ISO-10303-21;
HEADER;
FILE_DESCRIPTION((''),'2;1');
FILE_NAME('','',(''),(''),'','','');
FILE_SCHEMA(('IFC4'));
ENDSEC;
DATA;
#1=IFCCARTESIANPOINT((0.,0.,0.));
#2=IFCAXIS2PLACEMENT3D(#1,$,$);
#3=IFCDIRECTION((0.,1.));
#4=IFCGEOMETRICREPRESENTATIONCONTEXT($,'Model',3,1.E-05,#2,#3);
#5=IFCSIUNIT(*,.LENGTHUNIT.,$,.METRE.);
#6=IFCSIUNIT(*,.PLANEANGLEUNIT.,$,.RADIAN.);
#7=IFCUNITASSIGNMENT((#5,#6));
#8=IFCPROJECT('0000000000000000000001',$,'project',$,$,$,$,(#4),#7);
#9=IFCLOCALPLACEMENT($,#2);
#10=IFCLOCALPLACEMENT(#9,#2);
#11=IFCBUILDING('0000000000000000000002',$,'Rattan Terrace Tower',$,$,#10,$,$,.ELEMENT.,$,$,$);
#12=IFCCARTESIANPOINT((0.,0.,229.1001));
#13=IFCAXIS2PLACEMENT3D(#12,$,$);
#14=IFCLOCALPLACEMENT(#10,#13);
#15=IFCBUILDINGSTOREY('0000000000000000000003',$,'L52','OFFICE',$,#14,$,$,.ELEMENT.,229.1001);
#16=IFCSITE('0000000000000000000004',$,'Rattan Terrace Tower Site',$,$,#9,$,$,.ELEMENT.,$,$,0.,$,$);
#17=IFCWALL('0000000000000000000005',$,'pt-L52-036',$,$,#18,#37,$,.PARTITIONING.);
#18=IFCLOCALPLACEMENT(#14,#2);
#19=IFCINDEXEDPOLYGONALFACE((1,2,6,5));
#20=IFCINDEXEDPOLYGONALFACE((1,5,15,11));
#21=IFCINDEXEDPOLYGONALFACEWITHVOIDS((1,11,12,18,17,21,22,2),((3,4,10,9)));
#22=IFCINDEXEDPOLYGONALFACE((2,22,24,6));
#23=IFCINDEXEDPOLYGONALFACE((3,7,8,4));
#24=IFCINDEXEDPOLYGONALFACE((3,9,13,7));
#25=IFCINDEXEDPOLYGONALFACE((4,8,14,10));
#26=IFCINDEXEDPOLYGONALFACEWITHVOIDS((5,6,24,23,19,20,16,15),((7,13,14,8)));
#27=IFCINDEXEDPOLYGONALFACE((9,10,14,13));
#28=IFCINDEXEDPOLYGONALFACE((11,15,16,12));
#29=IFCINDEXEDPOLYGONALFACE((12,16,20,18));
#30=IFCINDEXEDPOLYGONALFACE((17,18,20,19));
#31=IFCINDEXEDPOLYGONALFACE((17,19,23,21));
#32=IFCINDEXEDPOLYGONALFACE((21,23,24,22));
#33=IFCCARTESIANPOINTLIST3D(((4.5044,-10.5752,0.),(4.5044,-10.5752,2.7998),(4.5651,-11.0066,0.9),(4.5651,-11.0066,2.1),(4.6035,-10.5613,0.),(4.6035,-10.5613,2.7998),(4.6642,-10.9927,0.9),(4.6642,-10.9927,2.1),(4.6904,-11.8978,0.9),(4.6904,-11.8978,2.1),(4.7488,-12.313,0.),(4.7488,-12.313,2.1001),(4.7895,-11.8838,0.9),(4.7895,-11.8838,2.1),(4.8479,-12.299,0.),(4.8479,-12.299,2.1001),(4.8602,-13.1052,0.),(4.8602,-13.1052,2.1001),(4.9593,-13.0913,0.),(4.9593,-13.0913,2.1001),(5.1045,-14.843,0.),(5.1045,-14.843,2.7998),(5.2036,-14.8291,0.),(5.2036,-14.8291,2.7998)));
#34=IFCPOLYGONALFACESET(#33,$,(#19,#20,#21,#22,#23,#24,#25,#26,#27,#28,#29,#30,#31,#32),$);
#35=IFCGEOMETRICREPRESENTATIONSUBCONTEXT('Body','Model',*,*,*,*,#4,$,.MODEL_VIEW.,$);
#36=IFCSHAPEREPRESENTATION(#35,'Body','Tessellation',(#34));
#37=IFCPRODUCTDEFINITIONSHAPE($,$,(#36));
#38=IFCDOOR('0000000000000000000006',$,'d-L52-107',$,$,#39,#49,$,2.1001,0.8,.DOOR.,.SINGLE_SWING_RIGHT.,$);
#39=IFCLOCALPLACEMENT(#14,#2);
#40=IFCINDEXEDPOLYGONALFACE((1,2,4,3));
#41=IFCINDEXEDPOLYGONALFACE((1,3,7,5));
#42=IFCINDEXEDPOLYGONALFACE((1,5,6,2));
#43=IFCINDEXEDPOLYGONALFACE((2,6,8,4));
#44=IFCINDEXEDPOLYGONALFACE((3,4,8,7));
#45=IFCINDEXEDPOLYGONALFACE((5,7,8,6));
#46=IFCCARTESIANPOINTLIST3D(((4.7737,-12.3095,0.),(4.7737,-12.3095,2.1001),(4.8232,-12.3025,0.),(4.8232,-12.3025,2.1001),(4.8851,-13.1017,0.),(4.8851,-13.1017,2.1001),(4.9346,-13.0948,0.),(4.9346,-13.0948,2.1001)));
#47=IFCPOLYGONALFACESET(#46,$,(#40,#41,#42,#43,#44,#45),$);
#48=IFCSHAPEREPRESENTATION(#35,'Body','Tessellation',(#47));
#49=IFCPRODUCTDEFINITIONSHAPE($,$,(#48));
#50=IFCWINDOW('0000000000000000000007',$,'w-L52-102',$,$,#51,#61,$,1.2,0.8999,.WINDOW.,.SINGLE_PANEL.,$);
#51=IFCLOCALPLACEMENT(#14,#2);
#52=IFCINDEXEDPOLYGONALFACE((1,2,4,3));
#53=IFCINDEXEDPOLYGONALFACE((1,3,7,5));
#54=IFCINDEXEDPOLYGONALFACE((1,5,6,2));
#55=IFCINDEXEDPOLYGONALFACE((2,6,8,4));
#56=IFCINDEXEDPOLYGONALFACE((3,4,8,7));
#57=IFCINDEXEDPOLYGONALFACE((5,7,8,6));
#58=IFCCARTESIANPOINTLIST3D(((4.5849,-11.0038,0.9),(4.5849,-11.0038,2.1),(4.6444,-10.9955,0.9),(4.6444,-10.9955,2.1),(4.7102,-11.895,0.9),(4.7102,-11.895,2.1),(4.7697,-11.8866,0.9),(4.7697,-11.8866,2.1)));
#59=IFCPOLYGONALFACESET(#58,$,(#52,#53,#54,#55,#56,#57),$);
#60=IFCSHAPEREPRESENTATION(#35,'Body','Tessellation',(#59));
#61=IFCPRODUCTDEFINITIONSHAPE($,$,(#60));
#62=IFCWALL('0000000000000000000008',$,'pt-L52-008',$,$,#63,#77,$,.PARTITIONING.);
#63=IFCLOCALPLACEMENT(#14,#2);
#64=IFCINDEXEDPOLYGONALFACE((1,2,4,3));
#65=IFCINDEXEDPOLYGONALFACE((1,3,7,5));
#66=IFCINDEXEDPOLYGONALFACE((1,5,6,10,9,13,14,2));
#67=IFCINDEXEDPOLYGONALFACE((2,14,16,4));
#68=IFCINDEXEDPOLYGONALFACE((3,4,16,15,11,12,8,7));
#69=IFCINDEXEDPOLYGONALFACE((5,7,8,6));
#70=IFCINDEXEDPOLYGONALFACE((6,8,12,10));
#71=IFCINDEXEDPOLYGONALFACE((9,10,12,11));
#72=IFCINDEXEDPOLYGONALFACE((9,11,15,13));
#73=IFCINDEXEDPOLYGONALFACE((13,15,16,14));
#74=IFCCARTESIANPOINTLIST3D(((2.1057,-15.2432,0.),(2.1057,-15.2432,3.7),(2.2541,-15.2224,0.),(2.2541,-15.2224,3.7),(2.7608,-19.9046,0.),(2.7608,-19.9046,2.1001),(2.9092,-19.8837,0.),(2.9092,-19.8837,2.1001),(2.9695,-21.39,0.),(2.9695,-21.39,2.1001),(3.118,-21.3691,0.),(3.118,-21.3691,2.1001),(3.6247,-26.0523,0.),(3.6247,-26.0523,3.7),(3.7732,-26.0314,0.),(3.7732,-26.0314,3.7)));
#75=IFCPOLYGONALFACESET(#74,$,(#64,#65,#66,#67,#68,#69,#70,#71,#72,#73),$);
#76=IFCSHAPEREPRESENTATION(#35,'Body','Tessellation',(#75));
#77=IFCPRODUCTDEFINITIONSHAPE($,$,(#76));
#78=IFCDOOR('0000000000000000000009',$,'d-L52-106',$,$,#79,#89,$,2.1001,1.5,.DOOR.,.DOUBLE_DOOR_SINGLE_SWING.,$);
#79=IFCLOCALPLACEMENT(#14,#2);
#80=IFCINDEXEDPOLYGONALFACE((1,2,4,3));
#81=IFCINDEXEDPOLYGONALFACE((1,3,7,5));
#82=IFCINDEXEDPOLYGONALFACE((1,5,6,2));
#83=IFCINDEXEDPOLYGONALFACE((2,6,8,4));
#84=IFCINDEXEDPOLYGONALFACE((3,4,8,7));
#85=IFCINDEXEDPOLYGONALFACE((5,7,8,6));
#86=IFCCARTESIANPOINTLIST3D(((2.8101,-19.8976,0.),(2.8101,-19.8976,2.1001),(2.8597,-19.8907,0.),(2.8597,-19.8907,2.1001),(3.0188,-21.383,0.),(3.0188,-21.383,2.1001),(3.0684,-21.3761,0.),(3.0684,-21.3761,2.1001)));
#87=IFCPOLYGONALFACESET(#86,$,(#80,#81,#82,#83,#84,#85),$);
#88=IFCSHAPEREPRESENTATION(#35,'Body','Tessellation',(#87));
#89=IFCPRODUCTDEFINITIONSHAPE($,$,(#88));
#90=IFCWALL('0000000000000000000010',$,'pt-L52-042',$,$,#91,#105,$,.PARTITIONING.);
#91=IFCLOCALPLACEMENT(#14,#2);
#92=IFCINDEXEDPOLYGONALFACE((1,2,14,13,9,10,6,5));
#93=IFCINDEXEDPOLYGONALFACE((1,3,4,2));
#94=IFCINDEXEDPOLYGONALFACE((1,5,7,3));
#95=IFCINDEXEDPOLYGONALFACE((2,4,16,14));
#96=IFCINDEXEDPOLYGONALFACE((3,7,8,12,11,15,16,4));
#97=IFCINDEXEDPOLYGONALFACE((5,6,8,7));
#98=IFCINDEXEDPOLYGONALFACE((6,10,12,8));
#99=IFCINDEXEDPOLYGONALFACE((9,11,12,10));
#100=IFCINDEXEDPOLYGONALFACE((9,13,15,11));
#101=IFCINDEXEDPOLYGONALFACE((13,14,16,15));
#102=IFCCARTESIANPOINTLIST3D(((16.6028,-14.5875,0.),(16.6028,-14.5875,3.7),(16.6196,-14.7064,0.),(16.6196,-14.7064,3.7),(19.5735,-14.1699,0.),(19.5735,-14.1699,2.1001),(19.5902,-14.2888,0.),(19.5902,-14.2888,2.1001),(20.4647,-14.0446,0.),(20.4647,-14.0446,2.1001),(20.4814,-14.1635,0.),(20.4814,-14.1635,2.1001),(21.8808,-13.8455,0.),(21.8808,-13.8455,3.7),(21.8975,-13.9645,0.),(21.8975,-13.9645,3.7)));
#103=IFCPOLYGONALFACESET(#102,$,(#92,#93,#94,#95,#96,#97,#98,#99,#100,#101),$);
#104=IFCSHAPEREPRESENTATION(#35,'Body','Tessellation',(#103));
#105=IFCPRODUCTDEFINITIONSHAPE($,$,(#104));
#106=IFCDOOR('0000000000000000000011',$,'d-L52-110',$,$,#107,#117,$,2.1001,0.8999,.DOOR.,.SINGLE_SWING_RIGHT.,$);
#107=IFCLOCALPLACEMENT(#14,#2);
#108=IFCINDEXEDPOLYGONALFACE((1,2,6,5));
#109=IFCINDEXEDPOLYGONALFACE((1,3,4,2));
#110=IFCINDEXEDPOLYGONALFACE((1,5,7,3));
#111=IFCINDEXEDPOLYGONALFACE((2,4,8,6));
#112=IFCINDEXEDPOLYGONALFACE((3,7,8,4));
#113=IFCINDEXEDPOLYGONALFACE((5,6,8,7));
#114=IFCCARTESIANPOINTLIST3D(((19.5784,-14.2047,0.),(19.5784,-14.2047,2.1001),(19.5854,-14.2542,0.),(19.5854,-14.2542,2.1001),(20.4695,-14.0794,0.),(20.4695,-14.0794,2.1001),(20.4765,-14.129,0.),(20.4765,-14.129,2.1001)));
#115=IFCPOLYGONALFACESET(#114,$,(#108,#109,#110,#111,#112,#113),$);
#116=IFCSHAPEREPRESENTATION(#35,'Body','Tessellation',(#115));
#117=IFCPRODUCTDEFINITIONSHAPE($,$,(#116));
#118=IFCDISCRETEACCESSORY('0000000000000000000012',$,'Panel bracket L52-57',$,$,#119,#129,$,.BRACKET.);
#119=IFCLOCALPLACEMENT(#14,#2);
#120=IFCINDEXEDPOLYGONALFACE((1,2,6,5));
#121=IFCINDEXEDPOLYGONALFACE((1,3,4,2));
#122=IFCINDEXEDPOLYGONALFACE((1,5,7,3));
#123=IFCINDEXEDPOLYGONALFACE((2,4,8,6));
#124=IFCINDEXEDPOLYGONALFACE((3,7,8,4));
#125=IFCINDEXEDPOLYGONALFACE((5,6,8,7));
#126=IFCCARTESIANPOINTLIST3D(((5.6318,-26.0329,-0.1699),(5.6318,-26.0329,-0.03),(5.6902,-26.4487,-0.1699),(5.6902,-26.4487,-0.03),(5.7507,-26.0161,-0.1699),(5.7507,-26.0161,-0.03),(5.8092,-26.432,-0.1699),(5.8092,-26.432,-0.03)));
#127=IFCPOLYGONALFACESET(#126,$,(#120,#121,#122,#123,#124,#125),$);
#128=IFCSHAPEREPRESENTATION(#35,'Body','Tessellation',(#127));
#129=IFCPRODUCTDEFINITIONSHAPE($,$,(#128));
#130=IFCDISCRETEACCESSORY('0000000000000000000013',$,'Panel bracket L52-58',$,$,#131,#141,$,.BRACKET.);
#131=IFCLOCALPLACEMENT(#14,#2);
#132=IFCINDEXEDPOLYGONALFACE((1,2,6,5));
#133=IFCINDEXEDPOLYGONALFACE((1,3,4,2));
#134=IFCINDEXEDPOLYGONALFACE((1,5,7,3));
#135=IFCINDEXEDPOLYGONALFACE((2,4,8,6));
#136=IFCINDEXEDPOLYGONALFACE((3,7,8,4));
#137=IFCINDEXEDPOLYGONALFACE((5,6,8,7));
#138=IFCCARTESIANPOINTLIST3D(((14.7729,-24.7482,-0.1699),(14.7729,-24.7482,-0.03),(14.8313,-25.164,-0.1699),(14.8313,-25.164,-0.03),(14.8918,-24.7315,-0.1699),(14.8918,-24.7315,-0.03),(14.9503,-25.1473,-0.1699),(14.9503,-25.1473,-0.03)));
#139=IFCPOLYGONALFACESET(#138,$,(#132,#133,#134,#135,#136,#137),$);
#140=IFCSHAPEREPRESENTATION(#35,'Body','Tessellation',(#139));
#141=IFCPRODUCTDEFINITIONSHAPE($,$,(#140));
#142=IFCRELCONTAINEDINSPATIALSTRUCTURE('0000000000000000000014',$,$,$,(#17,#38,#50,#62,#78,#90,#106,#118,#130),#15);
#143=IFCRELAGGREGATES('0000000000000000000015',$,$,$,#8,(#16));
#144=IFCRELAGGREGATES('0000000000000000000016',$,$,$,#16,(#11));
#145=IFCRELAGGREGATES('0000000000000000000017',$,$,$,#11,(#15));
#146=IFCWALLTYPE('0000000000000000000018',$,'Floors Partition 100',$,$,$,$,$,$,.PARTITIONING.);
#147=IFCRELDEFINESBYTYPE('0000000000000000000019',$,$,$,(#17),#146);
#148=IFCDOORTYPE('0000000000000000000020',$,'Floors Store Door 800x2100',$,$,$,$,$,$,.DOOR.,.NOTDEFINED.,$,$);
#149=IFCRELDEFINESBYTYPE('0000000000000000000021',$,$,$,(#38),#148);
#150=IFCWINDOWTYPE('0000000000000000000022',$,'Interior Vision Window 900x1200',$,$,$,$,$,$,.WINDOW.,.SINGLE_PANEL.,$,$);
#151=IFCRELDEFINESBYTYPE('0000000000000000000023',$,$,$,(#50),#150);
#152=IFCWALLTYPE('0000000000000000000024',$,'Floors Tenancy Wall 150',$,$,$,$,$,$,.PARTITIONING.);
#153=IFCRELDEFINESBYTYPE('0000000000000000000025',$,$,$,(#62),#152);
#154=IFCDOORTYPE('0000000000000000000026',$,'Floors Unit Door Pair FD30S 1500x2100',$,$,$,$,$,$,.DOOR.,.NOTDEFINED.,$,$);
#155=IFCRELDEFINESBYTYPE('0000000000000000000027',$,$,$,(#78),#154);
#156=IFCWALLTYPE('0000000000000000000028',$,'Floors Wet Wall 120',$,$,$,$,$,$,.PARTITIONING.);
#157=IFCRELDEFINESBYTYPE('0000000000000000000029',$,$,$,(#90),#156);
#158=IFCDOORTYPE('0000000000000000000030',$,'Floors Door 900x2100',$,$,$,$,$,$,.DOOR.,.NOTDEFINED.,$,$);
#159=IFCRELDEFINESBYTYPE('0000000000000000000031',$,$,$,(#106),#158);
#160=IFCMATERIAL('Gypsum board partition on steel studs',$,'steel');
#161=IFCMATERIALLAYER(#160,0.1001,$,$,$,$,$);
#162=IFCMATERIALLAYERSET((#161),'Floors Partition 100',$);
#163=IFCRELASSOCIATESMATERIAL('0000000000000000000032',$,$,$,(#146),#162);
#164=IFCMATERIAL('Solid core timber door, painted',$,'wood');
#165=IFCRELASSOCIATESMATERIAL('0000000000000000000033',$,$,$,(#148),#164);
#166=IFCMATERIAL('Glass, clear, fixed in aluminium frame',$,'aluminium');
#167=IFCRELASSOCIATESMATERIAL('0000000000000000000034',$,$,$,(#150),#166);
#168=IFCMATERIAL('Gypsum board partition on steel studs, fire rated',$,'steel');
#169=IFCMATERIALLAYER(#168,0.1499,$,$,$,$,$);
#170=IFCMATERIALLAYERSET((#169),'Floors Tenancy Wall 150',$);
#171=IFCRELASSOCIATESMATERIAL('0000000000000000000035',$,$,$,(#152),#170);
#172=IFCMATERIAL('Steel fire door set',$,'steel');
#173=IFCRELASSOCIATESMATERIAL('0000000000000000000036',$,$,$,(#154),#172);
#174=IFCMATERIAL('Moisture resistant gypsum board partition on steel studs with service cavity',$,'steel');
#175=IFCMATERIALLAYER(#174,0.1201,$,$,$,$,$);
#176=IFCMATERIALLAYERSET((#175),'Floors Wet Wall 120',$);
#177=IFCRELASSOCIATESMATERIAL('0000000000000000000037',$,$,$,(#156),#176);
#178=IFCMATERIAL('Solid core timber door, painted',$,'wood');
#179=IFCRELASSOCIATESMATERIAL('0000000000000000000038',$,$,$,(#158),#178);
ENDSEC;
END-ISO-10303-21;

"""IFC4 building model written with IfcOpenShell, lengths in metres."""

from ifc_helpers import new_model, si_unit, direction, frame, frame_2d, origin, origin_2d, place, context, subcontext, project, spatial, rectangle, extrude, material, layer, layer_set, type_object, element, fill, save


model = new_model("IFC4")

# Units and contexts
model_context = context("Model", 3, precision=1e-05, world=origin(), true_north=direction((0.0, 1.0)))
body_context = subcontext(model_context, "Body", "Model", "MODEL_VIEW")
ifc_project = project(units=[si_unit("LENGTHUNIT", "METRE"), si_unit("PLANEANGLEUNIT", "RADIAN")], contexts=[model_context])

# Site, building, storey
site_placement = place(None, origin())
site = spatial("IfcSite", under=ifc_project, at=site_placement, Name="Rattan Terrace Tower Site", CompositionType="ELEMENT", RefElevation=0.0)
building_placement = place(site_placement, origin())
building = spatial("IfcBuilding", under=site, at=building_placement, Name="Rattan Terrace Tower", CompositionType="ELEMENT")
storey_placement = place(building_placement, frame((0.0, 0.0, 229.1001)))
storey = spatial("IfcBuildingStorey", under=building, at=storey_placement, Name="L52", Description="OFFICE", CompositionType="ELEMENT", Elevation=229.1001)

# Shared definitions
ifc_material_1 = material(Name="Gypsum board partition on steel studs", Category="steel")
ifc_layer_1 = layer(ifc_material_1, 0.1001)
ifc_layer_set_1 = layer_set([ifc_layer_1], Name="Floors Partition 100")
wall_type_1 = type_object("IfcWallType", Name="Floors Partition 100", PredefinedType="PARTITIONING", material=ifc_layer_set_1)

# Wall, openings, door, window
wall_1_placement = place(storey_placement, frame((5.1541, -14.8359, 0.0), z_axis=(0.0, 0.0, 1.0), x_axis=(-0.13924, 0.990259, 0.0)))
wall_1 = element("IfcWall", 1, at=wall_1_placement, inside=storey, type_object=wall_type_1, Name="pt-L52-036", PredefinedType="PARTITIONING", context=body_context, shape_type="SweptSolid", body=[
    extrude(rectangle(XDim=4.3098, YDim=0.1001, at=frame_2d((2.1548, 0.0))), origin(), (0.0, 0.0, 1.0), 2.7998),
])
opening_1_placement = place(wall_1_placement, frame((1.7549, 0.0, 0.0)))
opening_1 = element("IfcOpeningElement", 2, at=opening_1_placement, cuts=wall_1, PredefinedType="OPENING", context=body_context, shape_type="SweptSolid", body=[
    extrude(rectangle(XDim=0.8, YDim=2.1001, at=frame_2d((0.3999, 1.05))), frame((0.0, 0.0605, 0.0), z_axis=(0.0, -1.0, 0.0), x_axis=(1.0, 0.0, 0.0)), (0.0, 0.0, 1.0), 0.1211),
])
opening_2_placement = place(wall_1_placement, frame((2.9741, 0.0, 0.8999)))
opening_2 = element("IfcOpeningElement", 3, at=opening_2_placement, cuts=wall_1, PredefinedType="OPENING", context=body_context, shape_type="SweptSolid", body=[
    extrude(rectangle(XDim=0.8999, YDim=1.2, at=frame_2d((0.45, 0.6001))), frame((0.0, 0.0605, 0.0), z_axis=(0.0, -1.0, 0.0), x_axis=(1.0, 0.0, 0.0)), (0.0, 0.0, 1.0), 0.1211),
])
ifc_material_2 = material(Name="Solid core timber door, painted", Category="wood")
door_type_1 = type_object("IfcDoorType", Name="Floors Store Door 800x2100", OperationType="NOTDEFINED", PredefinedType="DOOR", material=ifc_material_2)
door_1_placement = place(opening_1_placement, origin())
door_1 = element("IfcDoor", 4, at=door_1_placement, inside=storey, type_object=door_type_1, Name="d-L52-107", OperationType="SINGLE_SWING_RIGHT", OverallHeight=2.1001, OverallWidth=0.8, PredefinedType="DOOR", context=body_context, shape_type="SweptSolid", body=[
    extrude(rectangle(XDim=0.8, YDim=2.1001, at=frame_2d((0.3999, 1.05))), frame((0.0, 0.0249, 0.0), z_axis=(0.0, -1.0, 0.0), x_axis=(1.0, 0.0, 0.0)), (0.0, 0.0, 1.0), 0.05),
])
fill(opening_1, door_1)
ifc_material_3 = material(Name="Glass, clear, fixed in aluminium frame", Category="aluminium")
window_type_1 = type_object("IfcWindowType", Name="Interior Vision Window 900x1200", PartitioningType="SINGLE_PANEL", PredefinedType="WINDOW", material=ifc_material_3)
window_1_placement = place(opening_2_placement, origin())
window_1 = element("IfcWindow", 5, at=window_1_placement, inside=storey, type_object=window_type_1, Name="w-L52-102", OverallHeight=1.2, OverallWidth=0.8999, PartitioningType="SINGLE_PANEL", PredefinedType="WINDOW", context=body_context, shape_type="SweptSolid", body=[
    extrude(rectangle(XDim=0.8999, YDim=1.2, at=frame_2d((0.45, 0.6001))), frame((0.0, 0.03, 0.0), z_axis=(0.0, -1.0, 0.0), x_axis=(1.0, 0.0, 0.0)), (0.0, 0.0, 1.0), 0.0601),
])
fill(opening_2, window_1)

# Walls, openings, doors
ifc_material_4 = material(Name="Gypsum board partition on steel studs, fire rated", Category="steel")
ifc_layer_2 = layer(ifc_material_4, 0.1499)
ifc_layer_set_2 = layer_set([ifc_layer_2], Name="Floors Tenancy Wall 150")
wall_type_2 = type_object("IfcWallType", Name="Floors Tenancy Wall 150", PredefinedType="PARTITIONING", material=ifc_layer_set_2)
wall_2_placement = place(storey_placement, frame((2.1799, -15.2329, 0.0), z_axis=(0.0, 0.0, 1.0), x_axis=(0.139166, -0.990269, 0.0)))
wall_2 = element("IfcWall", 6, at=wall_2_placement, inside=storey, type_object=wall_type_2, Name="pt-L52-008", PredefinedType="PARTITIONING", context=body_context, shape_type="SweptSolid", body=[
    extrude(rectangle(XDim=10.9153, YDim=0.1499, at=frame_2d((5.4575, 0.0))), origin(), (0.0, 0.0, 1.0), 3.7),
])
opening_3_placement = place(wall_2_placement, frame((4.707, 0.0, 0.0)))
opening_3 = element("IfcOpeningElement", 7, at=opening_3_placement, cuts=wall_2, PredefinedType="OPENING", context=body_context, shape_type="SweptSolid", body=[
    extrude(rectangle(XDim=1.5, YDim=2.1001, at=frame_2d((0.75, 1.05))), frame((0.0, 0.0854, 0.0), z_axis=(0.0, -1.0, 0.0), x_axis=(1.0, 0.0, 0.0)), (0.0, 0.0, 1.0), 0.1709),
])
ifc_material_5 = material(Name="Steel fire door set", Category="steel")
door_type_2 = type_object("IfcDoorType", Name="Floors Unit Door Pair FD30S 1500x2100", OperationType="NOTDEFINED", PredefinedType="DOOR", material=ifc_material_5)
door_2_placement = place(opening_3_placement, origin())
door_2 = element("IfcDoor", 8, at=door_2_placement, inside=storey, type_object=door_type_2, Name="d-L52-106", OperationType="DOUBLE_DOOR_SINGLE_SWING", OverallHeight=2.1001, OverallWidth=1.5, PredefinedType="DOOR", context=body_context, shape_type="SweptSolid", body=[
    extrude(rectangle(XDim=1.5, YDim=2.1001, at=frame_2d((0.75, 1.05))), frame((0.0, 0.0249, 0.0), z_axis=(0.0, -1.0, 0.0), x_axis=(1.0, 0.0, 0.0)), (0.0, 0.0, 1.0), 0.05),
])
fill(opening_3, door_2)
ifc_material_6 = material(Name="Moisture resistant gypsum board partition on steel studs with service cavity", Category="steel")
ifc_layer_3 = layer(ifc_material_6, 0.1201)
ifc_layer_set_3 = layer_set([ifc_layer_3], Name="Floors Wet Wall 120")
wall_type_3 = type_object("IfcWallType", Name="Floors Wet Wall 120", PredefinedType="PARTITIONING", material=ifc_layer_set_3)
wall_3_placement = place(storey_placement, frame((16.6111, -14.647, 0.0), z_axis=(0.0, 0.0, 1.0), x_axis=(0.990263, 0.139209, 0.0)))
wall_3 = element("IfcWall", 9, at=wall_3_placement, inside=storey, type_object=wall_type_3, Name="pt-L52-042", PredefinedType="PARTITIONING", context=body_context, shape_type="SweptSolid", body=[
    extrude(rectangle(XDim=5.3298, YDim=0.1201, at=frame_2d((2.665, 0.0))), origin(), (0.0, 0.0, 1.0), 3.7),
])
opening_4_placement = place(wall_3_placement, frame((3.0, 0.0, 0.0)))
opening_4 = element("IfcOpeningElement", 10, at=opening_4_placement, cuts=wall_3, PredefinedType="OPENING", context=body_context, shape_type="SweptSolid", body=[
    extrude(rectangle(XDim=0.8999, YDim=2.1001, at=frame_2d((0.45, 1.05))), frame((0.0, 0.0706, 0.0), z_axis=(0.0, -1.0, 0.0), x_axis=(1.0, 0.0, 0.0)), (0.0, 0.0, 1.0), 0.1411),
])
ifc_material_7 = material(Name="Solid core timber door, painted", Category="wood")
door_type_3 = type_object("IfcDoorType", Name="Floors Door 900x2100", OperationType="NOTDEFINED", PredefinedType="DOOR", material=ifc_material_7)
door_3_placement = place(opening_4_placement, origin())
door_3 = element("IfcDoor", 11, at=door_3_placement, inside=storey, type_object=door_type_3, Name="d-L52-110", OperationType="SINGLE_SWING_RIGHT", OverallHeight=2.1001, OverallWidth=0.8999, PredefinedType="DOOR", context=body_context, shape_type="SweptSolid", body=[
    extrude(rectangle(XDim=0.8999, YDim=2.1001, at=frame_2d((0.45, 1.05))), frame((0.0, 0.0249, 0.0), z_axis=(0.0, -1.0, 0.0), x_axis=(1.0, 0.0, 0.0)), (0.0, 0.0, 1.0), 0.05),
])
fill(opening_4, door_3)

# Discrete accessories
for number, where, z_axis, x_axis, name in (
    (12, (5.7205, -26.2324, -0.1699), (0.0, 0.0, 1.0), (0.990267, 0.139177, 0.0), "Panel bracket L52-57"),
    (13, (14.8616, -24.9478, -0.1699), (0.0, 0.0, 1.0), (0.990267, 0.139177, 0.0), "Panel bracket L52-58"),
):
    element("IfcDiscreteAccessory", number, at=place(storey_placement, frame(where, z_axis=z_axis, x_axis=x_axis)), inside=storey, Name=name, PredefinedType="BRACKET", context=body_context, shape_type="SweptSolid", body=[
        extrude(rectangle(XDim=0.1201, YDim=0.4199, at=origin_2d()), origin(), (0.0, 0.0, 1.0), 0.1399),
    ])

save(model, "model.ifc")
